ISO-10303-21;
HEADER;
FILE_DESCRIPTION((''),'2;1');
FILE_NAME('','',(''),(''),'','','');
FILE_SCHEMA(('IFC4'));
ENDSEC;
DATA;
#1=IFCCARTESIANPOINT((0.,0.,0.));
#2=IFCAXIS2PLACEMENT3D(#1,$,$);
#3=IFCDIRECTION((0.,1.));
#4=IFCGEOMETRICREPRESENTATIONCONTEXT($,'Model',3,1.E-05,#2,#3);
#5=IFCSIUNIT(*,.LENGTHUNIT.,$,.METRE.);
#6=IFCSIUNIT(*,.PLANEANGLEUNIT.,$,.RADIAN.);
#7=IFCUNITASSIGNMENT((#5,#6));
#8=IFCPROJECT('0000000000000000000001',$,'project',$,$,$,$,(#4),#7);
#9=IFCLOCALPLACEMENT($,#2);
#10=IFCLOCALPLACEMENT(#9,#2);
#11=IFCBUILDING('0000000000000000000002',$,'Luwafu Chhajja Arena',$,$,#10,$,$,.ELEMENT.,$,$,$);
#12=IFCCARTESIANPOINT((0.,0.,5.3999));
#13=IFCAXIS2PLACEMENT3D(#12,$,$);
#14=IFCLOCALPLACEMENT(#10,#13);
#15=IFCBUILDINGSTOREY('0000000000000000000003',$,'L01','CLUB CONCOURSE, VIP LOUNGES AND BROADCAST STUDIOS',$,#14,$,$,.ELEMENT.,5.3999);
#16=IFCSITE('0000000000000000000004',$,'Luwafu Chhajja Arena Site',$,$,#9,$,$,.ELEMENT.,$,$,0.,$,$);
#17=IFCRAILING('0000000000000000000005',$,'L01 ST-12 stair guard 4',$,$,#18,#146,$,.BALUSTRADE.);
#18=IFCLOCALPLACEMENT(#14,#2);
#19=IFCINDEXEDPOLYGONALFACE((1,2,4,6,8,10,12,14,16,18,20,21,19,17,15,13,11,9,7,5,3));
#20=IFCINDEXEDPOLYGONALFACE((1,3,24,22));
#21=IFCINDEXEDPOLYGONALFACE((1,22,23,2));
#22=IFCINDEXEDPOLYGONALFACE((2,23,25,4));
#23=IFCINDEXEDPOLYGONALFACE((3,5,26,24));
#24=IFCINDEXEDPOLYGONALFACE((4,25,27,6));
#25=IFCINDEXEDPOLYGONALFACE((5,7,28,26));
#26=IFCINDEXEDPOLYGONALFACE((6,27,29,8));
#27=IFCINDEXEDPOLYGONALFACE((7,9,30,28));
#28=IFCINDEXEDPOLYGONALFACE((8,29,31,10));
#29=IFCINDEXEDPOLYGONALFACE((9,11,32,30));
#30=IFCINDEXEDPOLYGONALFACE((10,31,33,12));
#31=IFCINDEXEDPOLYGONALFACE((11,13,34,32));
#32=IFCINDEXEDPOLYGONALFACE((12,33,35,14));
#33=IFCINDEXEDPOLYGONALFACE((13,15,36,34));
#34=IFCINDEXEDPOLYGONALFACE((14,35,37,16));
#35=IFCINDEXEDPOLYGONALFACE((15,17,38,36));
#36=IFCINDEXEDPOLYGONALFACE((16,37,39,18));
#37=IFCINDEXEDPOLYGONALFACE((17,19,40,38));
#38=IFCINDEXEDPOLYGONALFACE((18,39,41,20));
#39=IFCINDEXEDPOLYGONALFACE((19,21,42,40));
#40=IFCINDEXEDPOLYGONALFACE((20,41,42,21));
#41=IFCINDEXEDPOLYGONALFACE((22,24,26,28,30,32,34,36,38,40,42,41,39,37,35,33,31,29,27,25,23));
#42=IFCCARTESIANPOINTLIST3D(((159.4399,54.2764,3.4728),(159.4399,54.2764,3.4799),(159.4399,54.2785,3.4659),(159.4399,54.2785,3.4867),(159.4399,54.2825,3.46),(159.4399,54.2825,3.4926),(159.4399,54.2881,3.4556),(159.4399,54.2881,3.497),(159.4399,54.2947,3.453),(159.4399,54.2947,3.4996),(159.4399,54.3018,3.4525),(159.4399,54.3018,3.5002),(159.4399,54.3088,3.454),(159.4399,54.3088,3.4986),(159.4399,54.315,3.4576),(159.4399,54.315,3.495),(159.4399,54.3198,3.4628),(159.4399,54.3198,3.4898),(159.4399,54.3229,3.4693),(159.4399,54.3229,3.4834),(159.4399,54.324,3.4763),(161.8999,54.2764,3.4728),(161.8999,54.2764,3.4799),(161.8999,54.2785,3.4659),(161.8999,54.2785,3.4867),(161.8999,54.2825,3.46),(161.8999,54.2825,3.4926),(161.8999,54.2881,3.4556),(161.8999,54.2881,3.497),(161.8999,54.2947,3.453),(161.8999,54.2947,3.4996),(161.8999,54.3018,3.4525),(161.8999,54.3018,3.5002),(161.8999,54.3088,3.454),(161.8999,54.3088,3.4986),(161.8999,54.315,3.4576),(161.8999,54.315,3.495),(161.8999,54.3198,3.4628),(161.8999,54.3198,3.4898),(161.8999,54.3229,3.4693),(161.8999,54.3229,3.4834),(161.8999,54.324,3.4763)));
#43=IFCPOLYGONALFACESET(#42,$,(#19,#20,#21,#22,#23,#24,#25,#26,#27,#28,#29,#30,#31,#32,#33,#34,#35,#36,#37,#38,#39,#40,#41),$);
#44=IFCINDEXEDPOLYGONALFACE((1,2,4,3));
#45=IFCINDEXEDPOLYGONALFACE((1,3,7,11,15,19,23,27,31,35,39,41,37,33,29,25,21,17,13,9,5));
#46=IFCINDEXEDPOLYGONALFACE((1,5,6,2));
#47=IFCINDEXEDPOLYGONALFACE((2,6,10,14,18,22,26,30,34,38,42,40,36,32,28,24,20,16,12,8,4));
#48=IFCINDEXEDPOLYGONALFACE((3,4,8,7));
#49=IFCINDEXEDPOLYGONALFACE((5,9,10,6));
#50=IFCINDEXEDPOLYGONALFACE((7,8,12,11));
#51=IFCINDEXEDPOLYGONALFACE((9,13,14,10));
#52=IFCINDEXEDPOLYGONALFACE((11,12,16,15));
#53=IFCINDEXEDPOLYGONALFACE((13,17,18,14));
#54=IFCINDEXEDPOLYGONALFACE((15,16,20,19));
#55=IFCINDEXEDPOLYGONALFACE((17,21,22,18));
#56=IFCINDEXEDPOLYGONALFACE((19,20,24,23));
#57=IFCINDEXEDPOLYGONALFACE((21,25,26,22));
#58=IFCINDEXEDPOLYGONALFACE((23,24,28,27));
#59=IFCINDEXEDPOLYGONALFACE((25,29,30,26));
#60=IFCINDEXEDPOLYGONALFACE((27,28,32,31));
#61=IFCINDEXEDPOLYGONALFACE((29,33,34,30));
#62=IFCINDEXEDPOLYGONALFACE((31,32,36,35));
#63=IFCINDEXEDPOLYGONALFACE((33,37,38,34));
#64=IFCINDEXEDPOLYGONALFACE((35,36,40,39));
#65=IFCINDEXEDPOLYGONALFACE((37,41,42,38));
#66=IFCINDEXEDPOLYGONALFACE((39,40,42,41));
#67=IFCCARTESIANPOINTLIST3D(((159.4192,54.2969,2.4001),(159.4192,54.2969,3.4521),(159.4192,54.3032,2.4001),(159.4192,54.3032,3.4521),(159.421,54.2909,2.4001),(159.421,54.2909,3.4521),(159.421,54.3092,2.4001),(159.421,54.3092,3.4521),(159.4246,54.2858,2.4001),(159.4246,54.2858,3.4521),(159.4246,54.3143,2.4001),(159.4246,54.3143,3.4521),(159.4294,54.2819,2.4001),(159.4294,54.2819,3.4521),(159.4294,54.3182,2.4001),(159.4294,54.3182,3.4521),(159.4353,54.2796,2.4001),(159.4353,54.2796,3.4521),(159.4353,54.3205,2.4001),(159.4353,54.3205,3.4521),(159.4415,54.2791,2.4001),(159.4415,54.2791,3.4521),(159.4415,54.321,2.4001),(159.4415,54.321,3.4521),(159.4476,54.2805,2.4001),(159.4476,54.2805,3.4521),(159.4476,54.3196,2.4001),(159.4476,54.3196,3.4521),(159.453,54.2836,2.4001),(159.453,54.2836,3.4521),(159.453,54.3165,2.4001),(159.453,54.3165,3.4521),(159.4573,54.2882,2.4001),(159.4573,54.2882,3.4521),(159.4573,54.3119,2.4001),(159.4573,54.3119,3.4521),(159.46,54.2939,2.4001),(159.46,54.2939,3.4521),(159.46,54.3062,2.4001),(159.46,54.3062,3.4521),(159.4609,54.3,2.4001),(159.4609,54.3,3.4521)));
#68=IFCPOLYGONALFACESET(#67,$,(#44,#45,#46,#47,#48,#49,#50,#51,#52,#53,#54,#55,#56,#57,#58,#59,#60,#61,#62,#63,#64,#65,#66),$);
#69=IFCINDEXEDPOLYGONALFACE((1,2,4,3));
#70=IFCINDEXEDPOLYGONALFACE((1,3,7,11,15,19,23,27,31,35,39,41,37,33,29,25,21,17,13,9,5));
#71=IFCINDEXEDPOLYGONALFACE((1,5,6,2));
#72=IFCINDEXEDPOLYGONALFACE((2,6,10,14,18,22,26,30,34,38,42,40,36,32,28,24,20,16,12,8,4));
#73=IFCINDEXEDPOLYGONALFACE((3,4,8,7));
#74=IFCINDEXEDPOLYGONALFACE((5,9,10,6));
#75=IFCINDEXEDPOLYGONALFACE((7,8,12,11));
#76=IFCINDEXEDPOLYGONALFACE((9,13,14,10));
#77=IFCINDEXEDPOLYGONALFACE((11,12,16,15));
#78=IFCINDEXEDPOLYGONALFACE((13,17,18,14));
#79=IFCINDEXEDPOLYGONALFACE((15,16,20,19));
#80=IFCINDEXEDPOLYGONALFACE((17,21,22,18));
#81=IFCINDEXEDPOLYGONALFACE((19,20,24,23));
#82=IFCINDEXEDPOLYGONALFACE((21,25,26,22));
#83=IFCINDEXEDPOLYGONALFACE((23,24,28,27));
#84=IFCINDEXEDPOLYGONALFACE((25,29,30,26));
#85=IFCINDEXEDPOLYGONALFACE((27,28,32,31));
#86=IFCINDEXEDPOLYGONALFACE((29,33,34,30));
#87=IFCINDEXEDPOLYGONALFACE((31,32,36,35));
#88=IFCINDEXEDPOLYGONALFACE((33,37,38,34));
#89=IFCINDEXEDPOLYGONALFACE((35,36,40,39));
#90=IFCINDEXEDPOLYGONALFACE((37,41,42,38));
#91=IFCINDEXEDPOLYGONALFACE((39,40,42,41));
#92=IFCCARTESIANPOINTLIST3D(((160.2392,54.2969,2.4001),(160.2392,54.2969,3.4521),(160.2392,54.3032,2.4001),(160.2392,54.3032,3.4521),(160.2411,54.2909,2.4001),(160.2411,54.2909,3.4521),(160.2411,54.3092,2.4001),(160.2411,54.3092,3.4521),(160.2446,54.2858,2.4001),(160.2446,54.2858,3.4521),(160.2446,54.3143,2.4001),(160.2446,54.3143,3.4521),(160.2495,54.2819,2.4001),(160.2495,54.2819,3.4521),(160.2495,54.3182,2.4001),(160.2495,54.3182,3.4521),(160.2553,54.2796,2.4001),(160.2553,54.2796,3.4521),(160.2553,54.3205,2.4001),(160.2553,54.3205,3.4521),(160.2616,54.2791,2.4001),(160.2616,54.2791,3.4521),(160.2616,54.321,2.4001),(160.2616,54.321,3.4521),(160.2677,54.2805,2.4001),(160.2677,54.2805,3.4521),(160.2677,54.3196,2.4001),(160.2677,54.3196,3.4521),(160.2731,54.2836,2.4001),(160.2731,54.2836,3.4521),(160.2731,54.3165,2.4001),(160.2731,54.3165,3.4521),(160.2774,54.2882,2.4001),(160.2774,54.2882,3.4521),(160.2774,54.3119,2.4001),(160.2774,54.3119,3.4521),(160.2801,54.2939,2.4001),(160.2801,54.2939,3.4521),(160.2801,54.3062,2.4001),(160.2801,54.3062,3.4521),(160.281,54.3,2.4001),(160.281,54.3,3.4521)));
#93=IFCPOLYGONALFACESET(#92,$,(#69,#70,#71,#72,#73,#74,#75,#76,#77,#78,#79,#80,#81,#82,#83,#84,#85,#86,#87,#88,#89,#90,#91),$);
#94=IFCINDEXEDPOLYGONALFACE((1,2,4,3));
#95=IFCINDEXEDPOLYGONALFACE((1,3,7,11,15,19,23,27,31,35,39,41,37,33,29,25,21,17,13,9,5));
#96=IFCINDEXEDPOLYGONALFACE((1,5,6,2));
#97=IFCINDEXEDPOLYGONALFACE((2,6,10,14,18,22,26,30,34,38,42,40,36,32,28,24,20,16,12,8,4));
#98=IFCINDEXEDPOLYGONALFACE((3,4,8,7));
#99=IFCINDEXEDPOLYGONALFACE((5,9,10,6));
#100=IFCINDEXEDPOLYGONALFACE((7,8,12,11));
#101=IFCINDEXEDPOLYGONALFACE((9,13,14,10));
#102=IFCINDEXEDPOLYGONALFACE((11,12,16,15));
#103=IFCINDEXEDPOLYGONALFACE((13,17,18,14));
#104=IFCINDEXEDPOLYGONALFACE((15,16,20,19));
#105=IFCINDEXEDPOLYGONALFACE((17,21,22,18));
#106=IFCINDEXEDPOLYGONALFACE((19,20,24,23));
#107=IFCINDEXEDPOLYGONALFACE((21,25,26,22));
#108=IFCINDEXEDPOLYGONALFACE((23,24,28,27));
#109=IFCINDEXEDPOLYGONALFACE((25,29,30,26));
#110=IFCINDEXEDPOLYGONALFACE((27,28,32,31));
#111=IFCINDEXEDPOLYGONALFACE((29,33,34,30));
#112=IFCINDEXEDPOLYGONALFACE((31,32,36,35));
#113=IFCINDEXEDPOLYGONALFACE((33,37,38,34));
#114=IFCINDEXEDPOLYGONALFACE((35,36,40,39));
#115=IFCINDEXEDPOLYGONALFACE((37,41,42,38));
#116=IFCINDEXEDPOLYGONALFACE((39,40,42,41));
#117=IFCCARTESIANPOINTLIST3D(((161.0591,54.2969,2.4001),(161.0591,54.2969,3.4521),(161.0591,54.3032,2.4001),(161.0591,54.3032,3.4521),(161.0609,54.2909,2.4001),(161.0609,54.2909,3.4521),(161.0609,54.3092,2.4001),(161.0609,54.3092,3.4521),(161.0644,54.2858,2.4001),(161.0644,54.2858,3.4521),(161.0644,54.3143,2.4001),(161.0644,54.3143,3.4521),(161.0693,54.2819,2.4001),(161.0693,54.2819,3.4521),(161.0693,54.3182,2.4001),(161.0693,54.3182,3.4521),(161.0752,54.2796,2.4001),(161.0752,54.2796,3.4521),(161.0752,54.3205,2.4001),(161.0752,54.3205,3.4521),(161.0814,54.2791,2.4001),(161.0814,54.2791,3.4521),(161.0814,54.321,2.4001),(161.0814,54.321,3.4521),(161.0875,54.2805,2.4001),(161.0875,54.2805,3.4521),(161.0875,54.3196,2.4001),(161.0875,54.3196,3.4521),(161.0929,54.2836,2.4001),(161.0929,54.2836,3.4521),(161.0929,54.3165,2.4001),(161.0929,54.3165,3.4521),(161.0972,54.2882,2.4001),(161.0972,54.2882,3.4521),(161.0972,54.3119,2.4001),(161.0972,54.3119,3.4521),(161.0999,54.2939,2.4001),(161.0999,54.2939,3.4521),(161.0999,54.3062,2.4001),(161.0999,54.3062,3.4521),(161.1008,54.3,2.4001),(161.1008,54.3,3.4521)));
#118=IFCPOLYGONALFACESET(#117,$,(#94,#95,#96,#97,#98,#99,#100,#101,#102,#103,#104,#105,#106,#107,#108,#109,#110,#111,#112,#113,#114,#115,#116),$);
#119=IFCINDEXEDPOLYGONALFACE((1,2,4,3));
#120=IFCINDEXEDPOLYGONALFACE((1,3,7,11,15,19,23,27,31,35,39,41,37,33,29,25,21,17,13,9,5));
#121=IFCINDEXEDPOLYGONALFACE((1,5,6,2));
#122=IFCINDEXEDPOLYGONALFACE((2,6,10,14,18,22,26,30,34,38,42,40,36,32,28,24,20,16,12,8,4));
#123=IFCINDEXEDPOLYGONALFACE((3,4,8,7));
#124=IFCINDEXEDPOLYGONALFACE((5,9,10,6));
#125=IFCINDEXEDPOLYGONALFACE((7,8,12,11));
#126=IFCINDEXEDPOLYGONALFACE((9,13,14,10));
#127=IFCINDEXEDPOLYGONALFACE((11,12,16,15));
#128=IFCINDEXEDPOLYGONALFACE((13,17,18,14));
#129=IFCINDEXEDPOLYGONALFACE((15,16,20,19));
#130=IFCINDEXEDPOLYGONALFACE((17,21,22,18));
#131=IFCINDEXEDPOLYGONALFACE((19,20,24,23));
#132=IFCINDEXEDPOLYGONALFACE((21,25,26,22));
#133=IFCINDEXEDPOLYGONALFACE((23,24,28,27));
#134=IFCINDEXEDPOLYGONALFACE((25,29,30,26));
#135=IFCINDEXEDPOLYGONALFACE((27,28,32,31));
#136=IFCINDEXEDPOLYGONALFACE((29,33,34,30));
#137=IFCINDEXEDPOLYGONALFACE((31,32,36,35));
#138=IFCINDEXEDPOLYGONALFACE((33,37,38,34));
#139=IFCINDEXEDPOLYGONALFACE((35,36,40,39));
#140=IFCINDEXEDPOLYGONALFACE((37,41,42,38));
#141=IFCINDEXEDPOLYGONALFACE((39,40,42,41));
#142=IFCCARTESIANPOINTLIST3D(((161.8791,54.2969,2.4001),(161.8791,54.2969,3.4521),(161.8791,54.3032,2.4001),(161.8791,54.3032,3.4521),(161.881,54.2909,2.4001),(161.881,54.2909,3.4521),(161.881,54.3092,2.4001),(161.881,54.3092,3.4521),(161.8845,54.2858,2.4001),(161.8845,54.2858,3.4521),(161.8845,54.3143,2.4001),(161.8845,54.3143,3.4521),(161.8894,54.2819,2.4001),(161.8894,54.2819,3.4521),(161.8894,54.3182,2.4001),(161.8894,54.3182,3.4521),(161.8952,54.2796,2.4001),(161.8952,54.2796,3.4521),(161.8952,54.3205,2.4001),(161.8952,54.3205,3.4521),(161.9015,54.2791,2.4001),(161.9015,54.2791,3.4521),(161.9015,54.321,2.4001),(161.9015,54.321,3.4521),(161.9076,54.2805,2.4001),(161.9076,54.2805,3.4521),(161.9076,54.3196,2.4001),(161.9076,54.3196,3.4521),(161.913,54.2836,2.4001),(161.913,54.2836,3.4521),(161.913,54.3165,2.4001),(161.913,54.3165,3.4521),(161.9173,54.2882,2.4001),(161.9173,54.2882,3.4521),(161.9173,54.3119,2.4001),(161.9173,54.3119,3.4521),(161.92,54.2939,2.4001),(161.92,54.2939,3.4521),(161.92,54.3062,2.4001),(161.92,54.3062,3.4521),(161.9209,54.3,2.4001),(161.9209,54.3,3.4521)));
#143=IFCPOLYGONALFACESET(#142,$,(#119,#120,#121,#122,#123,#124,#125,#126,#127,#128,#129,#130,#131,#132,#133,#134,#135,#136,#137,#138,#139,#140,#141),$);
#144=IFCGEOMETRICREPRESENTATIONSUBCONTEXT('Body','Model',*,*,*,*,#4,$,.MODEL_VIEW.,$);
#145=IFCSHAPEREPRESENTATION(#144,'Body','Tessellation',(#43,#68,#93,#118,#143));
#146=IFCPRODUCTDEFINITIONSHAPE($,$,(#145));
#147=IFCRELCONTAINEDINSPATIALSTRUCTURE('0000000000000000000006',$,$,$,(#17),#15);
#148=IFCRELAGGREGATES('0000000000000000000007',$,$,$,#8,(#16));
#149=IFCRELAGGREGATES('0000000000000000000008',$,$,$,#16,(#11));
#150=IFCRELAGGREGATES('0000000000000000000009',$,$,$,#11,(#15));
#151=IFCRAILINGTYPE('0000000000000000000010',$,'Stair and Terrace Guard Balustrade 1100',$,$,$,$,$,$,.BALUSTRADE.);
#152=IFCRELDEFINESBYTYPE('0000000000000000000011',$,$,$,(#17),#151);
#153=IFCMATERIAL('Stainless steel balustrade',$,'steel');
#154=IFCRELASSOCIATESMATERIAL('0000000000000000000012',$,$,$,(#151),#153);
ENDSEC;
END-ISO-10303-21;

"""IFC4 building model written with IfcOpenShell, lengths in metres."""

from ifc_helpers import new_model, si_unit, direction, frame, origin, origin_2d, place, context, subcontext, project, spatial, circle, extrude, material, type_object, element, save


model = new_model("IFC4")

# Units and contexts
model_context = context("Model", 3, precision=1e-05, world=origin(), true_north=direction((0.0, 1.0)))
body_context = subcontext(model_context, "Body", "Model", "MODEL_VIEW")
ifc_project = project(units=[si_unit("LENGTHUNIT", "METRE"), si_unit("PLANEANGLEUNIT", "RADIAN")], contexts=[model_context])

# Site, building, storey
site_placement = place(None, origin())
site = spatial("IfcSite", under=ifc_project, at=site_placement, Name="Luwafu Chhajja Arena Site", CompositionType="ELEMENT", RefElevation=0.0)
building_placement = place(site_placement, origin())
building = spatial("IfcBuilding", under=site, at=building_placement, Name="Luwafu Chhajja Arena", CompositionType="ELEMENT")
storey_placement = place(building_placement, frame((0.0, 0.0, 5.3999)))
storey = spatial("IfcBuildingStorey", under=building, at=storey_placement, Name="L01", Description="CLUB CONCOURSE, VIP LOUNGES AND BROADCAST STUDIOS", CompositionType="ELEMENT", Elevation=5.3999)

# Railing
ifc_material_1 = material(Name="Stainless steel balustrade", Category="steel")
railing_type_1 = type_object("IfcRailingType", Name="Stair and Terrace Guard Balustrade 1100", PredefinedType="BALUSTRADE", material=ifc_material_1)
for number, where, name in (
    (1, (159.4399, 54.3, 2.4001), "L01 ST-12 stair guard 4"),
):
    element("IfcRailing", number, at=place(storey_placement, frame(where)), inside=storey, type_object=railing_type_1, Name=name, PredefinedType="BALUSTRADE", context=body_context, shape_type="SweptSolid", body=[
        extrude(circle(Radius=0.0239, at=origin_2d()), frame((0.0, 0.0, 1.0762), z_axis=(1.0, 0.0, 0.0), x_axis=(0.0, 1.0, 0.0)), (0.0, 0.0, 1.0), 2.46),
        extrude(circle(Radius=0.021, at=origin_2d()), origin(), (0.0, 0.0, 1.0), 1.052),
        extrude(circle(Radius=0.021, at=origin_2d()), frame((0.8201, 0.0, 0.0)), (0.0, 0.0, 1.0), 1.052),
        extrude(circle(Radius=0.021, at=origin_2d()), frame((1.6399, 0.0, 0.0)), (0.0, 0.0, 1.0), 1.052),
        extrude(circle(Radius=0.021, at=origin_2d()), frame((2.46, 0.0, 0.0)), (0.0, 0.0, 1.0), 1.052),
    ])

save(model, "model.ifc")
